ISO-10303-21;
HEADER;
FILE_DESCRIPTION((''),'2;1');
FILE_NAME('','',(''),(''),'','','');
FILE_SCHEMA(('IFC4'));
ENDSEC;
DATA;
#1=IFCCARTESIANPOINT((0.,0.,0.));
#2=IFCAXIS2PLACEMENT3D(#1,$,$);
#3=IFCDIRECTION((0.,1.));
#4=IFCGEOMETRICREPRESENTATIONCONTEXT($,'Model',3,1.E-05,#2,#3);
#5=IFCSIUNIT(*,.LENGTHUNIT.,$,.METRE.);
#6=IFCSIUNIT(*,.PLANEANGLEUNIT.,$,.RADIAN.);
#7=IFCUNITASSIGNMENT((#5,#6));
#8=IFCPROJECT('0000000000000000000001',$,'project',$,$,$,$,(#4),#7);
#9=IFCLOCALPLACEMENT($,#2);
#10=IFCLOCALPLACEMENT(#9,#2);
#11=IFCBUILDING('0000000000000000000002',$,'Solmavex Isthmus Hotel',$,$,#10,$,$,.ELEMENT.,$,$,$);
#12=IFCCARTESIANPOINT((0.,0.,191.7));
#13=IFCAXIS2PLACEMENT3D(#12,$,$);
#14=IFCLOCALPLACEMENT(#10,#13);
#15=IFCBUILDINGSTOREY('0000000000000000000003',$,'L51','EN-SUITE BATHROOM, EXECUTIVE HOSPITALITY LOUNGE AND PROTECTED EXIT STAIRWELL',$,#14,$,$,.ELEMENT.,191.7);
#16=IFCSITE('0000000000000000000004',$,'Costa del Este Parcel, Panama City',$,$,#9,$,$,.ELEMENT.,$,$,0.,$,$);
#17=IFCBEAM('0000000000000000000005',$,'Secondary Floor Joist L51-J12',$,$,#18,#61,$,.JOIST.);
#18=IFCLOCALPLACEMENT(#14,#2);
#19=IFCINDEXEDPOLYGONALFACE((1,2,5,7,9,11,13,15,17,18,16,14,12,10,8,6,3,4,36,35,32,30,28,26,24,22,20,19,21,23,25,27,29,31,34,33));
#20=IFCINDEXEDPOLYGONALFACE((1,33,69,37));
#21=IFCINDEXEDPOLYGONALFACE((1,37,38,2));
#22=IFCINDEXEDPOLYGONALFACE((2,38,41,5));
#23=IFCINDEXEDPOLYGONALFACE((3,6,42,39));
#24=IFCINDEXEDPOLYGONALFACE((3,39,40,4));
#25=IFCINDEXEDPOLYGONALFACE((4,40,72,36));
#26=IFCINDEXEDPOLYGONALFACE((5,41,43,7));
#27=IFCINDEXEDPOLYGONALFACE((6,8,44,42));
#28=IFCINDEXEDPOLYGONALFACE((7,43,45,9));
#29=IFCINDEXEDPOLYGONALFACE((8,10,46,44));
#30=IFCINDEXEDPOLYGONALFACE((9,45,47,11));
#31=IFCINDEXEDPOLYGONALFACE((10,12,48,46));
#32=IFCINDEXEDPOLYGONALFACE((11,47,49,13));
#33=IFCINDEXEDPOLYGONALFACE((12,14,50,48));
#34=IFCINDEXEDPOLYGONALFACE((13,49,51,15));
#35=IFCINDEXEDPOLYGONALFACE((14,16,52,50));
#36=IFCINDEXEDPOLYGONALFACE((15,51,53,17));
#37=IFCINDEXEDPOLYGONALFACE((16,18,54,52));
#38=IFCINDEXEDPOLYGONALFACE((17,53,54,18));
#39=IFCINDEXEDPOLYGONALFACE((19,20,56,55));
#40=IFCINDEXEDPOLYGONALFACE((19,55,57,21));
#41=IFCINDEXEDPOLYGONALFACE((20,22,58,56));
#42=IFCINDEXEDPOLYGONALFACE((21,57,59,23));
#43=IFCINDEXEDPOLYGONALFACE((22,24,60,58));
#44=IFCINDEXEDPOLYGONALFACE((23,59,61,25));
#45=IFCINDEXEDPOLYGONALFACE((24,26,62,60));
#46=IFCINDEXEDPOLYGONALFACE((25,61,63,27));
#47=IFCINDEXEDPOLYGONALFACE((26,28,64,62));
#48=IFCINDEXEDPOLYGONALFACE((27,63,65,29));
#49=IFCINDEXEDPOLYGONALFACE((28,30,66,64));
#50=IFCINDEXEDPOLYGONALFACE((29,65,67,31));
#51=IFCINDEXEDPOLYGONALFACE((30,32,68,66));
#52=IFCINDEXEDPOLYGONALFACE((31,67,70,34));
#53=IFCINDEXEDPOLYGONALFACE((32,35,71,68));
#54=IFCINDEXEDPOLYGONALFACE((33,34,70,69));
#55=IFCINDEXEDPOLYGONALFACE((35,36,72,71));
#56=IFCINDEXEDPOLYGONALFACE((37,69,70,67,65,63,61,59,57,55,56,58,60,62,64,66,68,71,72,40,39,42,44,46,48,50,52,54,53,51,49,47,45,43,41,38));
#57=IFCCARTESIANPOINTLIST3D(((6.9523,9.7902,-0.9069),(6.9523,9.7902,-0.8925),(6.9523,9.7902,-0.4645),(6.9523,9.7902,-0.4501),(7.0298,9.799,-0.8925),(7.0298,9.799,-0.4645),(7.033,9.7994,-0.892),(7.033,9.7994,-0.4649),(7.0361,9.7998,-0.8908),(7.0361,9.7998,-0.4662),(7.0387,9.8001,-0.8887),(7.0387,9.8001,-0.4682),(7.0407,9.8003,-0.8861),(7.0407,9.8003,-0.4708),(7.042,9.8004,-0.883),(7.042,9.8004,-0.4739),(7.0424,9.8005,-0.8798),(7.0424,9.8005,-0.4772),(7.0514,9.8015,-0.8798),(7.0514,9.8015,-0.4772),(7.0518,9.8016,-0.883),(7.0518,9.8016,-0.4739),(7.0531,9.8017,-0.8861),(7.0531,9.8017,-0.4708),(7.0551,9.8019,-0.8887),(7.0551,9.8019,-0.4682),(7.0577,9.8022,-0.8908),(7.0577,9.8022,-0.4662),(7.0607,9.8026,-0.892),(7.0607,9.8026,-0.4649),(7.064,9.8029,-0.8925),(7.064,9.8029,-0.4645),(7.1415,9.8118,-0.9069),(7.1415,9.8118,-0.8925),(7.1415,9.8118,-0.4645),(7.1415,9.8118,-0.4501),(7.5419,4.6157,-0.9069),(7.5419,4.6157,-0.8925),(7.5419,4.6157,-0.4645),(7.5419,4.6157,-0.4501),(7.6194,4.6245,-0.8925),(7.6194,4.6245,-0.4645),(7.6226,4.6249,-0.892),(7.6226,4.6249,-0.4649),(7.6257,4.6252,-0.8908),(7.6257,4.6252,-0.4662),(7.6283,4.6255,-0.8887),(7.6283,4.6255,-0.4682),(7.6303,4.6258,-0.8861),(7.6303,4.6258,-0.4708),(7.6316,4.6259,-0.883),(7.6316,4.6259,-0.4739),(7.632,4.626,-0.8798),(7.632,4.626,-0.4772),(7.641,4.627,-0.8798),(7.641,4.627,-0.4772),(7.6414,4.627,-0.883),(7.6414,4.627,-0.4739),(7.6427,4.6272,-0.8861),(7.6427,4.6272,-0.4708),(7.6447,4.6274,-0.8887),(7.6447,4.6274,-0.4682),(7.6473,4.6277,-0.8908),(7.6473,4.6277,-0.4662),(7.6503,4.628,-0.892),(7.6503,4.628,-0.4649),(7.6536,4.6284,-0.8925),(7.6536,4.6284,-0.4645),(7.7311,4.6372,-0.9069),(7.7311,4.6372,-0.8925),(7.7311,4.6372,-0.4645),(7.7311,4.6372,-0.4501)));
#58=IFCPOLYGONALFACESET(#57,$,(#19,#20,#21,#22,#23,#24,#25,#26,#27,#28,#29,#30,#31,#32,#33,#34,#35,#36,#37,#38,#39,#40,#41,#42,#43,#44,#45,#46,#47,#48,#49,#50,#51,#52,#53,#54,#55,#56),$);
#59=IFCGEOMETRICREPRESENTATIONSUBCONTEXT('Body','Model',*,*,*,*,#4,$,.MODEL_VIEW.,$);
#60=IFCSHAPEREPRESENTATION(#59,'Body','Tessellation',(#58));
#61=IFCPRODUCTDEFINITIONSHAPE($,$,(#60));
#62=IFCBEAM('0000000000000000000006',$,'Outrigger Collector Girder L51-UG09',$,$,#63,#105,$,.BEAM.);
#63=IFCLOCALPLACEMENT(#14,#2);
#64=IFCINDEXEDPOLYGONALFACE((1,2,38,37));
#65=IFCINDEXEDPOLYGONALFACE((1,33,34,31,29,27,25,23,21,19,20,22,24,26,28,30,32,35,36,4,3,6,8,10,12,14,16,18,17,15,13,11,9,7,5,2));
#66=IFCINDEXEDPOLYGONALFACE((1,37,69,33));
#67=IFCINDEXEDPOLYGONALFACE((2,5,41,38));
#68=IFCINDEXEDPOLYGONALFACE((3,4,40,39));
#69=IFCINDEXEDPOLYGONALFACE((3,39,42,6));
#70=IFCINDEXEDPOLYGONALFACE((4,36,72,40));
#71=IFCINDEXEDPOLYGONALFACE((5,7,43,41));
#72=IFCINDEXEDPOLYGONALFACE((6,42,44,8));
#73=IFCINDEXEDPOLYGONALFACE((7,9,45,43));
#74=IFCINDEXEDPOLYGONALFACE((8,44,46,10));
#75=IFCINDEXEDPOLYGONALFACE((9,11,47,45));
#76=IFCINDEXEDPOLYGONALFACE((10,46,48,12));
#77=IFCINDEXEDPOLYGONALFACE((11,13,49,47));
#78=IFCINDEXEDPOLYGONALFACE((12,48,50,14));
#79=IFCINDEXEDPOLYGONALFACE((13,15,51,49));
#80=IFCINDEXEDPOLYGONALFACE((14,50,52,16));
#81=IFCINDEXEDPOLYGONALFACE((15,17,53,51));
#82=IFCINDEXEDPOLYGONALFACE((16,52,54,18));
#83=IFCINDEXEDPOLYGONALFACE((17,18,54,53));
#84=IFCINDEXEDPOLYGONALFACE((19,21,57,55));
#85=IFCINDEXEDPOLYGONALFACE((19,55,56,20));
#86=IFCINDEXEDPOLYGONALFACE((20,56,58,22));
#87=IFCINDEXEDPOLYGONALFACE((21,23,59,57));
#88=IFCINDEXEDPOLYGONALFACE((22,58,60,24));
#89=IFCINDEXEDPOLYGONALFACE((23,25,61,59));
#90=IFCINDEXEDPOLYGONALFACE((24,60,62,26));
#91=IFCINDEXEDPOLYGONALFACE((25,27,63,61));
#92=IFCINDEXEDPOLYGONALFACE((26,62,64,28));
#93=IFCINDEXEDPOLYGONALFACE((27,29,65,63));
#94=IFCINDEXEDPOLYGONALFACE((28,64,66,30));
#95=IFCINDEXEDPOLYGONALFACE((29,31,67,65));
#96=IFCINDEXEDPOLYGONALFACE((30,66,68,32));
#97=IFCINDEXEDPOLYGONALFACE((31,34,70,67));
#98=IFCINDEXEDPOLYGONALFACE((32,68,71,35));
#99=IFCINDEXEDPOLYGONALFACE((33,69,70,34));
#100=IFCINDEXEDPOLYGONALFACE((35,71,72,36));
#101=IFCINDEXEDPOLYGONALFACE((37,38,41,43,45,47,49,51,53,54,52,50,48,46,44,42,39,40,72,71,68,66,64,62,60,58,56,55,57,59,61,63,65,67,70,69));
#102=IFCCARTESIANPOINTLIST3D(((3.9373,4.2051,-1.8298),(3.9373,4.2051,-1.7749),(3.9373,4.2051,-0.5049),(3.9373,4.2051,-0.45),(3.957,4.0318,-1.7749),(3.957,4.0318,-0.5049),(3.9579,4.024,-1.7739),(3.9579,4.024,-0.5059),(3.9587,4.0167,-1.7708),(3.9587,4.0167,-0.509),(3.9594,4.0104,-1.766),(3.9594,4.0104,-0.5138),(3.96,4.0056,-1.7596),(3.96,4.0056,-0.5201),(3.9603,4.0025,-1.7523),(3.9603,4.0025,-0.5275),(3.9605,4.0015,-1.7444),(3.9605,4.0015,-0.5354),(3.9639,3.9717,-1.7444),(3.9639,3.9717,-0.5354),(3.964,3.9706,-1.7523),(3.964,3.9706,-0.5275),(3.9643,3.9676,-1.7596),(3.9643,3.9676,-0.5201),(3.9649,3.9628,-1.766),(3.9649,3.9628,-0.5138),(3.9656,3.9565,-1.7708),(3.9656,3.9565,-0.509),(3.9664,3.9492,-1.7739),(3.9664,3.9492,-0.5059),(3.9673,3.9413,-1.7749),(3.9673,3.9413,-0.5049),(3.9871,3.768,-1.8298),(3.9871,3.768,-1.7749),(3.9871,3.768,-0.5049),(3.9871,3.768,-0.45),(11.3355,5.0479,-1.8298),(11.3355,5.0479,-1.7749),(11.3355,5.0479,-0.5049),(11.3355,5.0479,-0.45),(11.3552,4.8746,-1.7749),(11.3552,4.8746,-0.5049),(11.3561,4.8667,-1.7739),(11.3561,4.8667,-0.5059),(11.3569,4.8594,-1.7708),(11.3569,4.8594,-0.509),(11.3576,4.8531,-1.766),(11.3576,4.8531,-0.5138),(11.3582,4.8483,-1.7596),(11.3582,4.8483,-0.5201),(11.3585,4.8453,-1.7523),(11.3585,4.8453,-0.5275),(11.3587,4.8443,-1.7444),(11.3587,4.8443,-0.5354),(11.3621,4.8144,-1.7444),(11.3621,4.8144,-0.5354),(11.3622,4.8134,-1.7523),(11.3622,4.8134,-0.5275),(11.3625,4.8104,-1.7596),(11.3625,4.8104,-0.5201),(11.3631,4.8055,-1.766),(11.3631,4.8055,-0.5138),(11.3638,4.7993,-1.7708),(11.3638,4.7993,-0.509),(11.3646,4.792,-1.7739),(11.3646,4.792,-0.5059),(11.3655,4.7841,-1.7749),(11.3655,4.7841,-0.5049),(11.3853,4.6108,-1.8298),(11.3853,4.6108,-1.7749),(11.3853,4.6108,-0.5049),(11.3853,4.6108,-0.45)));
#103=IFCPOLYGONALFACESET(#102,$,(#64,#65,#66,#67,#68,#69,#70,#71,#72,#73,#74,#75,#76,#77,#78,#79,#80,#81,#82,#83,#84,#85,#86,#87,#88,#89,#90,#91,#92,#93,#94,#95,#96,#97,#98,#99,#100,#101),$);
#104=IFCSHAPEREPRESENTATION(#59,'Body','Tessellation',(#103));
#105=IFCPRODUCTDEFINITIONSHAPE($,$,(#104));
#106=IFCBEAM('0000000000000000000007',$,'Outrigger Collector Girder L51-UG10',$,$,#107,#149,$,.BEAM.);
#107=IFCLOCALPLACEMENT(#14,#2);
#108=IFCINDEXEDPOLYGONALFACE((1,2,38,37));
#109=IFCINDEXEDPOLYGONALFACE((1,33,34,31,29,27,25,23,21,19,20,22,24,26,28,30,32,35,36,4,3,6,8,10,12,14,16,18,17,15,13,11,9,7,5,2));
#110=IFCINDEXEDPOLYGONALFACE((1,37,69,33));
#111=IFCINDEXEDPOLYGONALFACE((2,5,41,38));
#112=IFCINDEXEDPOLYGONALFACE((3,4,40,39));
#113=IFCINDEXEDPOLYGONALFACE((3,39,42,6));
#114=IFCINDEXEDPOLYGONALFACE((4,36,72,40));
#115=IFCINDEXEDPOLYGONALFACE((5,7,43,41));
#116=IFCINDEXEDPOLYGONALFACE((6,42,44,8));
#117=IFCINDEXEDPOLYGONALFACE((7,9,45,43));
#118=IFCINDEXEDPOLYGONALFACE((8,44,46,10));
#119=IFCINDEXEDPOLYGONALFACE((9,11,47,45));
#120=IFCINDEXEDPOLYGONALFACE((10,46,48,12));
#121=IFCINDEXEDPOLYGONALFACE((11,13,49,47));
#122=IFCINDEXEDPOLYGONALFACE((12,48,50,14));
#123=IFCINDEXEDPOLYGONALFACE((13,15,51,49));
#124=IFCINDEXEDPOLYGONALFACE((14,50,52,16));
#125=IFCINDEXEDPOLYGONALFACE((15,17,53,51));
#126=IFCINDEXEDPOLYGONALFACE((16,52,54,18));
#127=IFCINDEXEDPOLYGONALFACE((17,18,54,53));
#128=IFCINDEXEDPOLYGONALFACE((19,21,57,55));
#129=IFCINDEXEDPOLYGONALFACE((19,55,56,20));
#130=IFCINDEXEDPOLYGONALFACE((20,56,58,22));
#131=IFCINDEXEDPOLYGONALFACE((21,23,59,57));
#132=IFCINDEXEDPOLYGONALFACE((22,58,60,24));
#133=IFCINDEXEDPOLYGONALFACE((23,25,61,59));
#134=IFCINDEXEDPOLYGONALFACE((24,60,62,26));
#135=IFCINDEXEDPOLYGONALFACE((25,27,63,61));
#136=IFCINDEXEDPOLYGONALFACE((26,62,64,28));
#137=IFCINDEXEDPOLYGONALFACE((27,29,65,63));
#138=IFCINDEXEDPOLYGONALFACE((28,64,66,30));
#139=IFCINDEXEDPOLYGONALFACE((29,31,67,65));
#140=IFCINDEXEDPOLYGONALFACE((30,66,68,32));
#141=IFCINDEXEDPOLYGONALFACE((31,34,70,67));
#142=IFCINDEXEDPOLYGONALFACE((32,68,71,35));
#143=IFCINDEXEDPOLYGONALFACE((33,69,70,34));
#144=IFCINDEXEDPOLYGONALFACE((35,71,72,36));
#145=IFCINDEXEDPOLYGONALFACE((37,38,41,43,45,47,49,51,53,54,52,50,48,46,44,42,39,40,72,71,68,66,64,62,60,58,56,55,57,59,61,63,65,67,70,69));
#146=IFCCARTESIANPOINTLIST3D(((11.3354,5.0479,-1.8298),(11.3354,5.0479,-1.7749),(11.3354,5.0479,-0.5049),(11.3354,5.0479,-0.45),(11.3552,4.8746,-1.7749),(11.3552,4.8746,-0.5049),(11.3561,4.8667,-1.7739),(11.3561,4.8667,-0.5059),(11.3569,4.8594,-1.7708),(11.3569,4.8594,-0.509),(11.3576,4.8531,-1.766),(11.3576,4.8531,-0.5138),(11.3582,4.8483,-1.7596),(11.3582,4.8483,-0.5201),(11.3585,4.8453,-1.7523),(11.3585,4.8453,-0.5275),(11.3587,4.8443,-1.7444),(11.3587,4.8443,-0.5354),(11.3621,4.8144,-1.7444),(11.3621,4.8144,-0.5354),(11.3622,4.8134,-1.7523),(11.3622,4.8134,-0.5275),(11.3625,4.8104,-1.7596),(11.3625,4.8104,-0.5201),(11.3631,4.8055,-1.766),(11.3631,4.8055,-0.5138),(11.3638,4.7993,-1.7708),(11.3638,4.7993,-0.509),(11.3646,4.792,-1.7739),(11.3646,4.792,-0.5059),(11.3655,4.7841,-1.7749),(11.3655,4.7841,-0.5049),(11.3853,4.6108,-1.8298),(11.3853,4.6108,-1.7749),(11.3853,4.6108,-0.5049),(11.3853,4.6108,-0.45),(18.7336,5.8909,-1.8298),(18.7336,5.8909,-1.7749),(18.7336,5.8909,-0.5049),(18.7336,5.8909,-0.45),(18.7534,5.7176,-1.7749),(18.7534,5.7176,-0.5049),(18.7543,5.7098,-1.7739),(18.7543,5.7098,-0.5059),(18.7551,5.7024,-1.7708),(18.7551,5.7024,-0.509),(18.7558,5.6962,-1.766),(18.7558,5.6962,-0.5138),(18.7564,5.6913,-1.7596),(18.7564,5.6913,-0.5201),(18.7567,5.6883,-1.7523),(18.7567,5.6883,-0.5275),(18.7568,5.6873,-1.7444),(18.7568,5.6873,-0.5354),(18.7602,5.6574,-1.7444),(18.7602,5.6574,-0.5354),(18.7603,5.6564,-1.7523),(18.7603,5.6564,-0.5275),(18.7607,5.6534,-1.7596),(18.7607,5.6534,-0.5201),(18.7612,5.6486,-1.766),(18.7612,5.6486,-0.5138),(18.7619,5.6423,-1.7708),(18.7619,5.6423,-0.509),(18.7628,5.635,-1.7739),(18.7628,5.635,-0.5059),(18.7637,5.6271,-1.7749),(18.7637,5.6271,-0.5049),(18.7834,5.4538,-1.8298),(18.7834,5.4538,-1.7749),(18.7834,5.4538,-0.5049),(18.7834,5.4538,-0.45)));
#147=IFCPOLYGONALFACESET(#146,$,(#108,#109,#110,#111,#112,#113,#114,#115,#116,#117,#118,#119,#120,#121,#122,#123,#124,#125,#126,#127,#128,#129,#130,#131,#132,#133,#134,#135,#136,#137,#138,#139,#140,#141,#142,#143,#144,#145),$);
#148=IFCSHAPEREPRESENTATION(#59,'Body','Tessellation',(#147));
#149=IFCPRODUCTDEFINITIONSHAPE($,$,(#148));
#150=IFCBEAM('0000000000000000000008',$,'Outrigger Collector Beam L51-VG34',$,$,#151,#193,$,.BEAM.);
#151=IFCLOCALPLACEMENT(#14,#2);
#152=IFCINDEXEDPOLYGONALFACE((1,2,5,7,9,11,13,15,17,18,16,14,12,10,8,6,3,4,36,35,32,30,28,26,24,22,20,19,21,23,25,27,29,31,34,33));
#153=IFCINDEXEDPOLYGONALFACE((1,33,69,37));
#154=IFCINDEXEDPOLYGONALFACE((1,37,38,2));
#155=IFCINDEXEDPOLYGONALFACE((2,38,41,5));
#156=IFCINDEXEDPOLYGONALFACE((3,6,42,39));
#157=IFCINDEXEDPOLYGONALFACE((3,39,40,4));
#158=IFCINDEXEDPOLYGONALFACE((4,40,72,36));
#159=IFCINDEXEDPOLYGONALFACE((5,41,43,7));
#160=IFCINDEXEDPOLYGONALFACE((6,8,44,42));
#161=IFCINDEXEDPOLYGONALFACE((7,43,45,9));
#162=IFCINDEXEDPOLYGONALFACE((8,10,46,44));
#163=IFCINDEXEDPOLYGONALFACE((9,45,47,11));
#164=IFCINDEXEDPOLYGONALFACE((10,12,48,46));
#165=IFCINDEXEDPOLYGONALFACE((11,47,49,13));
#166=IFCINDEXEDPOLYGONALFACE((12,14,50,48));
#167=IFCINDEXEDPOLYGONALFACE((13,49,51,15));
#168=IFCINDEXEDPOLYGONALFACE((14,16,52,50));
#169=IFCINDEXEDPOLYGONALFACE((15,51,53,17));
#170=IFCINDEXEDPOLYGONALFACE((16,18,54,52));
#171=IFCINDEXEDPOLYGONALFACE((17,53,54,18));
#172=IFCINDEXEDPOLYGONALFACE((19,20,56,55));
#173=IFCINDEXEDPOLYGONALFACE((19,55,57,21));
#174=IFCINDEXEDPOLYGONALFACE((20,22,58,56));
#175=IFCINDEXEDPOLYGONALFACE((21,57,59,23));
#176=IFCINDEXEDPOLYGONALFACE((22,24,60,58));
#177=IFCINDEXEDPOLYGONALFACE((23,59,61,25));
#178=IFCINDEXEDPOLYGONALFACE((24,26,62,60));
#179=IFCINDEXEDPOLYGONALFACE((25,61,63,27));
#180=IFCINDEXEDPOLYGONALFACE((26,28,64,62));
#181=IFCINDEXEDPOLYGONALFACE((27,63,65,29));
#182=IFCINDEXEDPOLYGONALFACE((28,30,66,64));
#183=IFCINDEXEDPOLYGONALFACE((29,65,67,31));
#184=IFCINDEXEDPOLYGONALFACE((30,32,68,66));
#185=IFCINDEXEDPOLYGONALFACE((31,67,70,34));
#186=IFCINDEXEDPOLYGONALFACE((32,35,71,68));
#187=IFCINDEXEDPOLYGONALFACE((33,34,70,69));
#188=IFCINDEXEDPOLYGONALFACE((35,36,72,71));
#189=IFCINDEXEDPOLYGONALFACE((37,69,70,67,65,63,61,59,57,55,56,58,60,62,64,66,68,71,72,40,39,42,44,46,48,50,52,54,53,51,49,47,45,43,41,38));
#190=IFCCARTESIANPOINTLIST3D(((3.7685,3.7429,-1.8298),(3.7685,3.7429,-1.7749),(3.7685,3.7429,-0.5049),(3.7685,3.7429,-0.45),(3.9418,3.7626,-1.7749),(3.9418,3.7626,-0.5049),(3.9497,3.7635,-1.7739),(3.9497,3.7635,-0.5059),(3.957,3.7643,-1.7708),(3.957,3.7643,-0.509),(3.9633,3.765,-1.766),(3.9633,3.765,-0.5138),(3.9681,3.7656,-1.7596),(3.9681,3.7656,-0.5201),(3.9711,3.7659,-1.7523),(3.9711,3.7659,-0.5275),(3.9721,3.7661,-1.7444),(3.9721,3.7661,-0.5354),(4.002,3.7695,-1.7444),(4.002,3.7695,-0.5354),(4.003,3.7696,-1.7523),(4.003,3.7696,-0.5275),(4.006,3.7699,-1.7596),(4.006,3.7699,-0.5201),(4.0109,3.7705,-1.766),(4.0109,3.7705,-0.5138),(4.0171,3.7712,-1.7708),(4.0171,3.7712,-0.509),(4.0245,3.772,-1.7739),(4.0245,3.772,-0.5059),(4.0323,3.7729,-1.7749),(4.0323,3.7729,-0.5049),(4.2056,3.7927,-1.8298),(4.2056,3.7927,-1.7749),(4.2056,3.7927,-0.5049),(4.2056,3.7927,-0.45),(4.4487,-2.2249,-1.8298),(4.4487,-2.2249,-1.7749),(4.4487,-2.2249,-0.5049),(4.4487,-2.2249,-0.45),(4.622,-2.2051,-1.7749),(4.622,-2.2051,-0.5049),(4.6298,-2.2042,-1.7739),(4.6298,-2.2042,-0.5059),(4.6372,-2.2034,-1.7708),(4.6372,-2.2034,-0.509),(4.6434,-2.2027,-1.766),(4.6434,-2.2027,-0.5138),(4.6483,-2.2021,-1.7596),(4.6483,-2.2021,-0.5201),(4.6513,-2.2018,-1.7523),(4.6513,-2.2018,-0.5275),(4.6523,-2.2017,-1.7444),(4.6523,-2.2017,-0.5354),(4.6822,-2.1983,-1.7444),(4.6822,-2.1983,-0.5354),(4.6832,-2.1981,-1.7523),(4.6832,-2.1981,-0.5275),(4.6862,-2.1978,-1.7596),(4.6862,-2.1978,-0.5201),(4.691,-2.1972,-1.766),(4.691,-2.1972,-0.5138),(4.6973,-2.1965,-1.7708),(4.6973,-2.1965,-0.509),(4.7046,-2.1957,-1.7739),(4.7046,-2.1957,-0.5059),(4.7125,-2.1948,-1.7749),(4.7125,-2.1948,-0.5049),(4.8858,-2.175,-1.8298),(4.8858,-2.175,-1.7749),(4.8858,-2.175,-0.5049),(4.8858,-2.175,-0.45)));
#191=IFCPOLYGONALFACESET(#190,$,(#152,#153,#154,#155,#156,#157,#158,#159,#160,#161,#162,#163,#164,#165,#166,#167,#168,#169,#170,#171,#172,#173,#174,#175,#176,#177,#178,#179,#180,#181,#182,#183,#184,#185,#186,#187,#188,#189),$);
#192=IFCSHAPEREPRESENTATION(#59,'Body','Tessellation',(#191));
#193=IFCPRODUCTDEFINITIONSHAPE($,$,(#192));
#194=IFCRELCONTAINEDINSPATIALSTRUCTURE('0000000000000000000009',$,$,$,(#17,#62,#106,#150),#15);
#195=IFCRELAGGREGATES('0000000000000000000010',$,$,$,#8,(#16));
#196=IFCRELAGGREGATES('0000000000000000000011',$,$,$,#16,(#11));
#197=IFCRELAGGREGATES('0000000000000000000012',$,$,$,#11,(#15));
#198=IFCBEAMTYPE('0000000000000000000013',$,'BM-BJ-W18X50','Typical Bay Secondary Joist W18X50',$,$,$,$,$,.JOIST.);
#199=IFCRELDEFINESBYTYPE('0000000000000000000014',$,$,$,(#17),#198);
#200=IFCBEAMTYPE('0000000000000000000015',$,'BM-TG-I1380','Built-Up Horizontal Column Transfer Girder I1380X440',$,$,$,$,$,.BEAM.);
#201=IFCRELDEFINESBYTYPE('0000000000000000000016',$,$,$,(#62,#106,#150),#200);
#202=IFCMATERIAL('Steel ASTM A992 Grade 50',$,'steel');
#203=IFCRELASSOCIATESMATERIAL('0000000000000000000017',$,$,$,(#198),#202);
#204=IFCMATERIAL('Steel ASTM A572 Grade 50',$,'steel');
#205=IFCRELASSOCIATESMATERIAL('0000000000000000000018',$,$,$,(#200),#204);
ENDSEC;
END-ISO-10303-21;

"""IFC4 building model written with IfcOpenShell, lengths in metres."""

from ifc_helpers import new_model, si_unit, direction, frame, origin, origin_2d, place, context, subcontext, project, spatial, i_section, extrude, material, material_profile, profile_set, type_object, element, save


model = new_model("IFC4")

# Units and contexts
model_context = context("Model", 3, precision=1e-05, world=origin(), true_north=direction((0.0, 1.0)))
body_context = subcontext(model_context, "Body", "Model", "MODEL_VIEW")
ifc_project = project(units=[si_unit("LENGTHUNIT", "METRE"), si_unit("PLANEANGLEUNIT", "RADIAN")], contexts=[model_context])

# Site, building, storey
site_placement = place(None, origin())
site = spatial("IfcSite", under=ifc_project, at=site_placement, Name="Costa del Este Parcel, Panama City", CompositionType="ELEMENT", RefElevation=0.0)
building_placement = place(site_placement, origin())
building = spatial("IfcBuilding", under=site, at=building_placement, Name="Solmavex Isthmus Hotel", CompositionType="ELEMENT")
storey_placement = place(building_placement, frame((0.0, 0.0, 191.7)))
storey = spatial("IfcBuildingStorey", under=building, at=storey_placement, Name="L51", Description="EN-SUITE BATHROOM, EXECUTIVE HOSPITALITY LOUNGE AND PROTECTED EXIT STAIRWELL", CompositionType="ELEMENT", Elevation=191.7)

# Beams
ifc_material_1 = material(Name="Steel ASTM A992 Grade 50", Category="steel")
ifc_material_profile_1 = material_profile(ifc_material_1, i_section(OverallWidth=0.1904, OverallDepth=0.4568, WebThickness=0.009, FlangeThickness=0.0144, FilletRadius=0.0127, at=origin_2d()), Name="W18X50")
ifc_profile_set_1 = profile_set([ifc_material_profile_1], Name="Steel ASTM A992 Grade 50")
beam_type_1 = type_object("IfcBeamType", Name="BM-BJ-W18X50", Description="Typical Bay Secondary Joist W18X50", PredefinedType="JOIST", material=ifc_profile_set_1)
beam_1_placement = place(storey_placement, frame((7.6365, 4.6265, -0.6785), z_axis=(-0.113209, 0.993571, 0.0), x_axis=(-0.993571, -0.113209, 0.0)))
element("IfcBeam", 1, at=beam_1_placement, inside=storey, type_object=beam_type_1, Name="Secondary Floor Joist L51-J12", PredefinedType="JOIST", context=body_context, shape_type="SweptSolid", body=[
    extrude(i_section(OverallWidth=0.1904, OverallDepth=0.4568, WebThickness=0.009, FlangeThickness=0.0144, FilletRadius=0.0127, at=origin_2d()), origin(), (0.0, 0.0, 1.0), 5.208),
])
ifc_material_2 = material(Name="Steel ASTM A572 Grade 50", Category="steel")
ifc_material_profile_2 = material_profile(ifc_material_2, i_section(OverallWidth=0.4399, OverallDepth=1.3799, WebThickness=0.03, FlangeThickness=0.0549, FilletRadius=0.0305, at=origin_2d()), Name="I1380X440")
ifc_profile_set_2 = profile_set([ifc_material_profile_2], Name="Steel ASTM A572 Grade 50")
beam_type_2 = type_object("IfcBeamType", Name="BM-TG-I1380", Description="Built-Up Horizontal Column Transfer Girder I1380X440", PredefinedType="BEAM", material=ifc_profile_set_2)
for number, where, z_axis, x_axis, name in (
    (2, (3.9622, 3.9866, -1.1399), (0.993574, 0.113184, 0.0), (-0.113184, 0.993574, 0.0), "Outrigger Collector Girder L51-UG09"),
    (3, (11.3604, 4.8293, -1.1399), (0.99357, 0.113216, 0.0), (-0.113216, 0.99357, 0.0), "Outrigger Collector Girder L51-UG10"),
):
    element("IfcBeam", number, at=place(storey_placement, frame(where, z_axis=z_axis, x_axis=x_axis)), inside=storey, type_object=beam_type_2, Name=name, PredefinedType="BEAM", context=body_context, shape_type="SweptSolid", body=[
        extrude(i_section(OverallWidth=0.4399, OverallDepth=1.3799, WebThickness=0.03, FlangeThickness=0.0549, FilletRadius=0.0305, at=origin_2d()), origin(), (0.0, 0.0, 1.0), 7.446),
    ])
beam_2_placement = place(storey_placement, frame((4.6672, -2.2, -1.1399), z_axis=(-0.113242, 0.993567, 0.0), x_axis=(-0.993567, -0.113242, 0.0)))
element("IfcBeam", 4, at=beam_2_placement, inside=storey, type_object=beam_type_2, Name="Outrigger Collector Beam L51-VG34", PredefinedType="BEAM", context=body_context, shape_type="SweptSolid", body=[
    extrude(i_section(OverallWidth=0.4399, OverallDepth=1.3799, WebThickness=0.03, FlangeThickness=0.0549, FilletRadius=0.0305, at=origin_2d()), origin(), (0.0, 0.0, 1.0), 6.0063),
])

save(model, "model.ifc")
